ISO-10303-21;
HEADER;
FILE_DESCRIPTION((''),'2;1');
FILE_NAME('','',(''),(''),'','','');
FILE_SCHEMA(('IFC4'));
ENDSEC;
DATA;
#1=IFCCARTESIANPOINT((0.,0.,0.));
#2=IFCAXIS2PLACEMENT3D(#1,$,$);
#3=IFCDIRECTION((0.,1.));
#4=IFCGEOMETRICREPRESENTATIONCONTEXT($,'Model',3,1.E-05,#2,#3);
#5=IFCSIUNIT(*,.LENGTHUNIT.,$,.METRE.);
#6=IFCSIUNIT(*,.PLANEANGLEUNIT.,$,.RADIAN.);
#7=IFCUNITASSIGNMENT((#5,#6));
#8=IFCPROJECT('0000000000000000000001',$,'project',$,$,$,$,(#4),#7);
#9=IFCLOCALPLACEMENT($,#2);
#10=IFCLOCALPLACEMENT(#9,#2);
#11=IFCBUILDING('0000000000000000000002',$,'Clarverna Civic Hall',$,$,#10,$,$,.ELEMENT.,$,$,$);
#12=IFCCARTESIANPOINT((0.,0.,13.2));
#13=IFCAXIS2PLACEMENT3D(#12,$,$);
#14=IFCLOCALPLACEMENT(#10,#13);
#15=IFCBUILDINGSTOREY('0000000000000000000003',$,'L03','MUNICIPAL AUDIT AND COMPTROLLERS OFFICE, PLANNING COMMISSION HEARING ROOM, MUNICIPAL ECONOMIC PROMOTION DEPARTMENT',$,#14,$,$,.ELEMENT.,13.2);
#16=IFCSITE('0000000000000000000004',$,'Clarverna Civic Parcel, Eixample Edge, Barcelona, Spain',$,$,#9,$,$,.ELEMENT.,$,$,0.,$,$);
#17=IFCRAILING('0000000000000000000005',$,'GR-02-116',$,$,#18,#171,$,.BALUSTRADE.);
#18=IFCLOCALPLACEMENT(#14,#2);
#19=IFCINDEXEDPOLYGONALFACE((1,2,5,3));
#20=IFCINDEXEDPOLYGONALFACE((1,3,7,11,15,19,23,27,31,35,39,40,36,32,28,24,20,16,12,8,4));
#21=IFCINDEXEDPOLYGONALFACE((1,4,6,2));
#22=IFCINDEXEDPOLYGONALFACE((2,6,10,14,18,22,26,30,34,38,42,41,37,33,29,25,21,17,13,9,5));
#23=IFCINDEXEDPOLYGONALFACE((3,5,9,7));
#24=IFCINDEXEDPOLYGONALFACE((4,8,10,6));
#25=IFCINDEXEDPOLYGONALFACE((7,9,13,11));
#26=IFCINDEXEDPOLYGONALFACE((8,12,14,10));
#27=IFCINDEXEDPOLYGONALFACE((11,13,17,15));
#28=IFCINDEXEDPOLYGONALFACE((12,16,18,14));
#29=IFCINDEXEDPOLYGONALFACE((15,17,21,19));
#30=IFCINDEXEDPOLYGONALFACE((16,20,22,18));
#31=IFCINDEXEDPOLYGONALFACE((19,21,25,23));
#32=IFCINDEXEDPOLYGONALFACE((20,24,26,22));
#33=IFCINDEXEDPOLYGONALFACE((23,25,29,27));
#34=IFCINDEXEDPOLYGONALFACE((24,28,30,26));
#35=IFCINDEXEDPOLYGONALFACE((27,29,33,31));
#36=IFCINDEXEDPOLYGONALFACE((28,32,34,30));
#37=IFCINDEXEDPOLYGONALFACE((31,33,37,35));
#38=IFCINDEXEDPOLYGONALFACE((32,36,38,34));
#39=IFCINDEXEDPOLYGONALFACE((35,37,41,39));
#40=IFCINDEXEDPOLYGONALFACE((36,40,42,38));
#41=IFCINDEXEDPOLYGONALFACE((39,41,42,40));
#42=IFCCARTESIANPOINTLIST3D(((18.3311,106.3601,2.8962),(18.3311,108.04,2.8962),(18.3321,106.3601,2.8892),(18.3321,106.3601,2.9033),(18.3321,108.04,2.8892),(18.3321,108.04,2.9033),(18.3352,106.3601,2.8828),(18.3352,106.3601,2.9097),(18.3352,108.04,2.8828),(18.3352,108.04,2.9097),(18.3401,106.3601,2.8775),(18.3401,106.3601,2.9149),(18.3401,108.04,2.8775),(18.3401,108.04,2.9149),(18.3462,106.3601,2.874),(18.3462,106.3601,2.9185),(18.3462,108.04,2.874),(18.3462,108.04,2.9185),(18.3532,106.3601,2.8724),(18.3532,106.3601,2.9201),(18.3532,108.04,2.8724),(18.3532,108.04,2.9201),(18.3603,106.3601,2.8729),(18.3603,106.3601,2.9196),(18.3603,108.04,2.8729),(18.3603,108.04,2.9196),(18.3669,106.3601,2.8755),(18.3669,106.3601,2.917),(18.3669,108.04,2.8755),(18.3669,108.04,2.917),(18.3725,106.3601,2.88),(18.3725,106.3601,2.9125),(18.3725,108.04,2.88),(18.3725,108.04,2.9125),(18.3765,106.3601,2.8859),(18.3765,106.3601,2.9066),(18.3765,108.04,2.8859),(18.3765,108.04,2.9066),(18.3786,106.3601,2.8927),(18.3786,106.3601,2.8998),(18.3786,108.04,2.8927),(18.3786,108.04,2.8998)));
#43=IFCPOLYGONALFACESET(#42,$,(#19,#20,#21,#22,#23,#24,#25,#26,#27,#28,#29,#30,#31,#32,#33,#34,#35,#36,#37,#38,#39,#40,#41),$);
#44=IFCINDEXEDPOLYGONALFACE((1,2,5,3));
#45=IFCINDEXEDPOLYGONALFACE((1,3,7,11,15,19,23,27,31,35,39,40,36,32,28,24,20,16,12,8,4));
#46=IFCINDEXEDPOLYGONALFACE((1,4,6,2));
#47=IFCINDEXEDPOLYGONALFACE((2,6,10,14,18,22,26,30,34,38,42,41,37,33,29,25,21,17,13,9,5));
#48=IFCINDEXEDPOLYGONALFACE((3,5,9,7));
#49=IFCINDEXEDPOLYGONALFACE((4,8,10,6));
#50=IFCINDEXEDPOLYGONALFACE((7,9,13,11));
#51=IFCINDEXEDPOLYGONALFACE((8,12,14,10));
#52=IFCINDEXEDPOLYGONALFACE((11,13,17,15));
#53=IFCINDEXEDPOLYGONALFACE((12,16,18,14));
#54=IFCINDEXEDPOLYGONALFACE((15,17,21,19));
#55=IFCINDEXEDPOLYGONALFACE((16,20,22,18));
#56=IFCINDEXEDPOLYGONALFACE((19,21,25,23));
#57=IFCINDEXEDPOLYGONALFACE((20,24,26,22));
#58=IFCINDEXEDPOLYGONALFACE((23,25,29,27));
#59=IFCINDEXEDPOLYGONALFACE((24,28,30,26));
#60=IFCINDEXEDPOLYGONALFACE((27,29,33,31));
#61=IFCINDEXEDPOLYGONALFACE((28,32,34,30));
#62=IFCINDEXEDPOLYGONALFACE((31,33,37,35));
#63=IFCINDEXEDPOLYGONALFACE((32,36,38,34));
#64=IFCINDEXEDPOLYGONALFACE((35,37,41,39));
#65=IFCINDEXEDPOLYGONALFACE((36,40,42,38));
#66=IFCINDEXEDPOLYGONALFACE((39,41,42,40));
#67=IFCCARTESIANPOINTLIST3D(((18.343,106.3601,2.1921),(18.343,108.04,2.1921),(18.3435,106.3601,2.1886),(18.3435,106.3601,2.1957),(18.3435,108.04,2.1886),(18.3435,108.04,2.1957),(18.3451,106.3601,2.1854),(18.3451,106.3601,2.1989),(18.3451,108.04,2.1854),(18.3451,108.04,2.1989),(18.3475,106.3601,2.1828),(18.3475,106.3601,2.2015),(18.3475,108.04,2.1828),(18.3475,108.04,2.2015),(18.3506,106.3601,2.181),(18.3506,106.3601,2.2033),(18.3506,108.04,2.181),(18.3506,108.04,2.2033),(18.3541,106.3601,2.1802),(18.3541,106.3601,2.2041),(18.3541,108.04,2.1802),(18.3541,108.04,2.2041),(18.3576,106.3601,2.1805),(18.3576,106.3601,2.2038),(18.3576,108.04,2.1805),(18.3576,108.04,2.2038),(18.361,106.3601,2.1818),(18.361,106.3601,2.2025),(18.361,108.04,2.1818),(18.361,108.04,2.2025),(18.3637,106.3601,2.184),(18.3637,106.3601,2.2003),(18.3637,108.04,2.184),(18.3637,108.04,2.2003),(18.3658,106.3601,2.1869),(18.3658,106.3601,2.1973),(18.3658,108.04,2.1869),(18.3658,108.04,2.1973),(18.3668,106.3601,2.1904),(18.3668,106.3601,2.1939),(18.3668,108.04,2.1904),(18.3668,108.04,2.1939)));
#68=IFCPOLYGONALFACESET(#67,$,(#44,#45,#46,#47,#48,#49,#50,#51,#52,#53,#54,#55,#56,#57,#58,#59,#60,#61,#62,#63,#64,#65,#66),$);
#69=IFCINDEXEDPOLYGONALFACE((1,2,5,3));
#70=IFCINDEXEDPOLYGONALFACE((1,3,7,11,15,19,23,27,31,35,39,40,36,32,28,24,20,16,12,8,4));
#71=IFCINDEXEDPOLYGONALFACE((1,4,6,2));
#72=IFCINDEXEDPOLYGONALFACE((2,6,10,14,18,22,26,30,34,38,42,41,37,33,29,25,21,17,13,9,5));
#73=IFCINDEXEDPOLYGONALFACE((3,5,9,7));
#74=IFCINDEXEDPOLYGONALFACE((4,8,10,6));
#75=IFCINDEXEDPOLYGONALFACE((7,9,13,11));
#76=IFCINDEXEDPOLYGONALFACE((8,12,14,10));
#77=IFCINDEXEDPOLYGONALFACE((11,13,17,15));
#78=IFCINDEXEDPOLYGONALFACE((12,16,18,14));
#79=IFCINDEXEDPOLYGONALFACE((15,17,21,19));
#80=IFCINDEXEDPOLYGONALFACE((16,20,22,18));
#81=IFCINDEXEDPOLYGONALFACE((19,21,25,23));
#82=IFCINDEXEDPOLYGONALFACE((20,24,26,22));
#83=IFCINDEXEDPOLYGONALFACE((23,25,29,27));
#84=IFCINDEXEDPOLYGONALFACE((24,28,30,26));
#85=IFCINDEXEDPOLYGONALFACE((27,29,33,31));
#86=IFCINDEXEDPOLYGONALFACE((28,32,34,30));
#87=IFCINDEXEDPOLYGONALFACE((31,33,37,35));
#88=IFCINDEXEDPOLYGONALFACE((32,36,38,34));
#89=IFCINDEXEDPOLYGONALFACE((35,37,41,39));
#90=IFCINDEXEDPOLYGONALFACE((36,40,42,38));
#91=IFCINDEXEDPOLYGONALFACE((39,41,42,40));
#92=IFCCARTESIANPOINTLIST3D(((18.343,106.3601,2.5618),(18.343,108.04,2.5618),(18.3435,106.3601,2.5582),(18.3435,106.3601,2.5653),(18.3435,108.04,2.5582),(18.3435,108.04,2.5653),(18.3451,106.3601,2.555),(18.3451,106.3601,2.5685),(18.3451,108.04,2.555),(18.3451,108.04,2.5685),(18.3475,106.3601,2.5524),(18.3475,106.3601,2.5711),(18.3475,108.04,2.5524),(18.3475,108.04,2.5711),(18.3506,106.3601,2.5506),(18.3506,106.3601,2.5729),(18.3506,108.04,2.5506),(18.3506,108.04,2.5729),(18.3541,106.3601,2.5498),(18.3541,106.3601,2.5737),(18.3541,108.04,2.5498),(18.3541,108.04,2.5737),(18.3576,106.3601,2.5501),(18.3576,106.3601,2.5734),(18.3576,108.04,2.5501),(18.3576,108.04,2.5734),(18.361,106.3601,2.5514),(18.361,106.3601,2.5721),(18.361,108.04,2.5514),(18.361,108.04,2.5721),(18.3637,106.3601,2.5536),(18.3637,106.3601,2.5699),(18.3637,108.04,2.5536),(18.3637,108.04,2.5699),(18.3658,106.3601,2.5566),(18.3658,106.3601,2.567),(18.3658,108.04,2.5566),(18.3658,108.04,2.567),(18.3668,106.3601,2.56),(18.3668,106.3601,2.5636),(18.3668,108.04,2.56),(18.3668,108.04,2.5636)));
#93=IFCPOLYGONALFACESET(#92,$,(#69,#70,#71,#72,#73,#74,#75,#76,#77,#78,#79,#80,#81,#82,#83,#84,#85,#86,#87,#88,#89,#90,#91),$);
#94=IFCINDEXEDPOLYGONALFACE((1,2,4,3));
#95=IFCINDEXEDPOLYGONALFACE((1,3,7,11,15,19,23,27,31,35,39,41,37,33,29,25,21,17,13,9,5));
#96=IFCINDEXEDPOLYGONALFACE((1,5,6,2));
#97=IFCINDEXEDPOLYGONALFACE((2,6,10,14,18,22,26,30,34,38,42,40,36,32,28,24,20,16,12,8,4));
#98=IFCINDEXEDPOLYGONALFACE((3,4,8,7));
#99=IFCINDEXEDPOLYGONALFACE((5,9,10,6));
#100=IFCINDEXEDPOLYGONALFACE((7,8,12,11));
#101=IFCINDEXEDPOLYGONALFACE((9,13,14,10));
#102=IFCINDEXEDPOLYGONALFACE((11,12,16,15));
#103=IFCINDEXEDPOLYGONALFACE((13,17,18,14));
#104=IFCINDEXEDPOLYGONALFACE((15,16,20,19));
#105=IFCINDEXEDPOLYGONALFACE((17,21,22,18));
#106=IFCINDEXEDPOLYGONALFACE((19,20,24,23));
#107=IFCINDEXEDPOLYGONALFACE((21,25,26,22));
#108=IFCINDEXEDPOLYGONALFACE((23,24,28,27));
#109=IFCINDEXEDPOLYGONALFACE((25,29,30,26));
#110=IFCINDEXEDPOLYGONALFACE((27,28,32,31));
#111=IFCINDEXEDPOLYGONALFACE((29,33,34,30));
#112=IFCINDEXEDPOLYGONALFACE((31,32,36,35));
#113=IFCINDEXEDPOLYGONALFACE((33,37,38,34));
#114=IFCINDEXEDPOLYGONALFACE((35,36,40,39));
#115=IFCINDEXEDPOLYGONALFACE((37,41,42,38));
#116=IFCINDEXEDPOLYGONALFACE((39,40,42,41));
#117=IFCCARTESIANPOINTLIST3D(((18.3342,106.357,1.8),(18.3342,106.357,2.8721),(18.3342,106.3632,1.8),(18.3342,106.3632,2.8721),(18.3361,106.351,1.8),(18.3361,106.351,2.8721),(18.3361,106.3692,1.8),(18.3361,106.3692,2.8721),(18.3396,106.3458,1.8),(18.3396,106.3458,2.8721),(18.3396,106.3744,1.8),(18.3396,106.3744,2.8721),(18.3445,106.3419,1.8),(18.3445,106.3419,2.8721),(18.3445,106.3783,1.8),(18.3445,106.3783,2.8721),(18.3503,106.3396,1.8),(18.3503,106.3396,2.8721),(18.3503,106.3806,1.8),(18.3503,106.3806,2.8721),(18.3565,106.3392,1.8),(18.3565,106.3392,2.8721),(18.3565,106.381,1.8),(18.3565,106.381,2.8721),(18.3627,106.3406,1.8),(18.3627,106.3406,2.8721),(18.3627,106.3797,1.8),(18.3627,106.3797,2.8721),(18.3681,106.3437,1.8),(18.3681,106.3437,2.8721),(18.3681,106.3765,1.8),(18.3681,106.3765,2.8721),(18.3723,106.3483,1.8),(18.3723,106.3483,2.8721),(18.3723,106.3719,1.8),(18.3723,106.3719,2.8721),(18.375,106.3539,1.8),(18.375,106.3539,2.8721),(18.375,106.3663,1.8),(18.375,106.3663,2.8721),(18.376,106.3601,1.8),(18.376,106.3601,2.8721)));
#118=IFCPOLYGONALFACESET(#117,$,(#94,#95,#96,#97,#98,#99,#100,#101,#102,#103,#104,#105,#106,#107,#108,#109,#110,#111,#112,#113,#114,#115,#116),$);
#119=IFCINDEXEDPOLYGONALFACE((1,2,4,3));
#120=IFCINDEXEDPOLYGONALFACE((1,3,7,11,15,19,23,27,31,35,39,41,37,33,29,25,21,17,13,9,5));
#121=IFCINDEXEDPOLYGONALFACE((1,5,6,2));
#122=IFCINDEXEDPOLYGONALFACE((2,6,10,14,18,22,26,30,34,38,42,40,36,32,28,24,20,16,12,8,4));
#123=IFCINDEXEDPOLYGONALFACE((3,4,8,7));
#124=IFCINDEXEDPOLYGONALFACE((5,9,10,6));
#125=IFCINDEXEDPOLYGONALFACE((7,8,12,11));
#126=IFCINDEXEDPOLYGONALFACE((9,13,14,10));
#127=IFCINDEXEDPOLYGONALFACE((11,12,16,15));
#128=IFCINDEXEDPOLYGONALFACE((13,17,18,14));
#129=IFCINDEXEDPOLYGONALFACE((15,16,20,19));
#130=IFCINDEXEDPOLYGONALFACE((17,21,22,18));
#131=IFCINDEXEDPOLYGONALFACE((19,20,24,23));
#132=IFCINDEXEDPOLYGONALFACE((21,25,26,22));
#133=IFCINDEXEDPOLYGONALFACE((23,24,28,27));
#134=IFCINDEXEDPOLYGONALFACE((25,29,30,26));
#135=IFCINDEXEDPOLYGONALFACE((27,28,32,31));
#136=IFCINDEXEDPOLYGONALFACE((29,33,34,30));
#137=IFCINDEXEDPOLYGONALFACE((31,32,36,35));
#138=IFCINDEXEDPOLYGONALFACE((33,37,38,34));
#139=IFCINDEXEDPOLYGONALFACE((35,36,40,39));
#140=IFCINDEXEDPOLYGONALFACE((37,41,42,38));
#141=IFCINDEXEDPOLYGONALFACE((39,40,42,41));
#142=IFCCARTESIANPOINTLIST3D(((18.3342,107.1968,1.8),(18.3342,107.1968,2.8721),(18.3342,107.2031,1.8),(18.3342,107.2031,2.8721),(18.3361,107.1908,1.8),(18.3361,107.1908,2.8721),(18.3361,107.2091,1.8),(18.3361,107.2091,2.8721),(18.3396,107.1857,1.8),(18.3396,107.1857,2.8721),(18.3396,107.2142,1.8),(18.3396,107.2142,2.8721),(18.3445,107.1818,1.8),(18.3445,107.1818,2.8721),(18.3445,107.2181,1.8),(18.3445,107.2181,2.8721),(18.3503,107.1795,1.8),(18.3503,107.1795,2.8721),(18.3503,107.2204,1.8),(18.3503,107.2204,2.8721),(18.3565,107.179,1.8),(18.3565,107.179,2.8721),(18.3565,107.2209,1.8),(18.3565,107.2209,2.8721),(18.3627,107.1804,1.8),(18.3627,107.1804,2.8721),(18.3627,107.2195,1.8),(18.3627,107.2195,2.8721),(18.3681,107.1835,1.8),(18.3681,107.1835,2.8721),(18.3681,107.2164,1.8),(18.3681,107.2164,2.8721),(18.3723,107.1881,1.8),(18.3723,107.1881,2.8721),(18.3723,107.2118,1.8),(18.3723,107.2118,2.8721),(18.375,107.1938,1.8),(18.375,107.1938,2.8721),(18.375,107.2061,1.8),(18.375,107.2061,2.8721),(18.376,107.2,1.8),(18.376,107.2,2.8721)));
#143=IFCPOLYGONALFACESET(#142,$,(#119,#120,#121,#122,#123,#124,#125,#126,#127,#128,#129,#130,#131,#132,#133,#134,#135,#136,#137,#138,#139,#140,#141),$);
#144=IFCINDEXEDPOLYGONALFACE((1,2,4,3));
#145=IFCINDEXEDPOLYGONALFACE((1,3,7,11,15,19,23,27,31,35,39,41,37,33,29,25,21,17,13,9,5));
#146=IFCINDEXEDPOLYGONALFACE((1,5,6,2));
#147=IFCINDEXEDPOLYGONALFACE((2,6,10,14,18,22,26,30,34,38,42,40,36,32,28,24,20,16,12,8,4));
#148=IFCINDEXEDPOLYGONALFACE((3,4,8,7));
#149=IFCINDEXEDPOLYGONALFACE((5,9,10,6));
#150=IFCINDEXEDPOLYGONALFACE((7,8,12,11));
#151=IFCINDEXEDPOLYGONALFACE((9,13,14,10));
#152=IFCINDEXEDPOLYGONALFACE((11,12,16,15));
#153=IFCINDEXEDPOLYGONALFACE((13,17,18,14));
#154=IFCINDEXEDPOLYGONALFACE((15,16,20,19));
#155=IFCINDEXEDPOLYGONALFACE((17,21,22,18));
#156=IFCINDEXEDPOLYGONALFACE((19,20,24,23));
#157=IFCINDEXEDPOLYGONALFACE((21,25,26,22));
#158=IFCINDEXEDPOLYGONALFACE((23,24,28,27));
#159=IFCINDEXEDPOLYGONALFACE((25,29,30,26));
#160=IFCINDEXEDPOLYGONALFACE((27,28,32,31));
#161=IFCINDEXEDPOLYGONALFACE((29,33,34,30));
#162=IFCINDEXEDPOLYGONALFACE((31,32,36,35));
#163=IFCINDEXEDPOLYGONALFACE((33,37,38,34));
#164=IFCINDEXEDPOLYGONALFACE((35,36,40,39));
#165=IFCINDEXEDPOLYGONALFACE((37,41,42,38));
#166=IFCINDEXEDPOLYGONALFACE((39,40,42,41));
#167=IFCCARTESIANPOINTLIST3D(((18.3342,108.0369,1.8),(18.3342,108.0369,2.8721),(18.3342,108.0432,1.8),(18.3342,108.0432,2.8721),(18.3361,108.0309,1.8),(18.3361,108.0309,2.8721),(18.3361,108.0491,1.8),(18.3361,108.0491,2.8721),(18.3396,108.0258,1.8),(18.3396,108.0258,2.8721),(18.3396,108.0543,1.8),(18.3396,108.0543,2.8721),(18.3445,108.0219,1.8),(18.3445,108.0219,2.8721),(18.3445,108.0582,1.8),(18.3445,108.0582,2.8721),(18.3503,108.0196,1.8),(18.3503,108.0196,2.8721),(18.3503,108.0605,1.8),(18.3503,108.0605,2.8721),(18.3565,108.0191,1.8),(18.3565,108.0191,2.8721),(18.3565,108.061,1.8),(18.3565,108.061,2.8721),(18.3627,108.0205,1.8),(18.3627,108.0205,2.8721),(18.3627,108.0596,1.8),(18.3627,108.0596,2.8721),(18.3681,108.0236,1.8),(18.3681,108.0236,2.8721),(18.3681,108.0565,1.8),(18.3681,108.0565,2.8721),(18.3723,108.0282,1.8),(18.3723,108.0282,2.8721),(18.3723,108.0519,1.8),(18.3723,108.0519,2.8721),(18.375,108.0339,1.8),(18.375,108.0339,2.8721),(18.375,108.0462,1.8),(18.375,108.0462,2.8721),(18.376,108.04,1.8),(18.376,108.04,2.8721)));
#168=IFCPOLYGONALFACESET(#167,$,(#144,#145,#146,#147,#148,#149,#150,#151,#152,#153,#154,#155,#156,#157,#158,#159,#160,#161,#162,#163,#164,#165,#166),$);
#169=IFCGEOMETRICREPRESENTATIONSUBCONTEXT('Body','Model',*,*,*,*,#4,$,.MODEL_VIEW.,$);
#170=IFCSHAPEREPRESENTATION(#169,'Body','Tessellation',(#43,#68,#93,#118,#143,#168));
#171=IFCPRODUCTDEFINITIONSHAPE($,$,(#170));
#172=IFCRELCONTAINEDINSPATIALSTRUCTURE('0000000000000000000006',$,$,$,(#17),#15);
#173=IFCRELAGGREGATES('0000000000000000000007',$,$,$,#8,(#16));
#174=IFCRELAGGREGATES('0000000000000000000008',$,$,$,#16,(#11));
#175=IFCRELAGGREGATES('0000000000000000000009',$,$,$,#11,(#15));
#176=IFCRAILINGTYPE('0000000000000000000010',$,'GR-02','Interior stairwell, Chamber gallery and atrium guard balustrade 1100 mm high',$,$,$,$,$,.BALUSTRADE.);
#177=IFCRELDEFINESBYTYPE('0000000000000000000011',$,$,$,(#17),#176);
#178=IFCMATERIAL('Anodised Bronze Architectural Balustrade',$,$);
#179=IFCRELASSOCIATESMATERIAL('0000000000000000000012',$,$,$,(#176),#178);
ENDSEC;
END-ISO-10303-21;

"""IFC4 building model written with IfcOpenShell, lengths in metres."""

from ifc_helpers import new_model, si_unit, direction, frame, origin, origin_2d, place, context, subcontext, project, spatial, circle, extrude, material, type_object, element, save


model = new_model("IFC4")

# Units and contexts
model_context = context("Model", 3, precision=1e-05, world=origin(), true_north=direction((0.0, 1.0)))
body_context = subcontext(model_context, "Body", "Model", "MODEL_VIEW")
ifc_project = project(units=[si_unit("LENGTHUNIT", "METRE"), si_unit("PLANEANGLEUNIT", "RADIAN")], contexts=[model_context])

# Site, building, storey
site_placement = place(None, origin())
site = spatial("IfcSite", under=ifc_project, at=site_placement, Name="Clarverna Civic Parcel, Eixample Edge, Barcelona, Spain", CompositionType="ELEMENT", RefElevation=0.0)
building_placement = place(site_placement, origin())
building = spatial("IfcBuilding", under=site, at=building_placement, Name="Clarverna Civic Hall", CompositionType="ELEMENT")
storey_placement = place(building_placement, frame((0.0, 0.0, 13.2)))
storey = spatial("IfcBuildingStorey", under=building, at=storey_placement, Name="L03", Description="MUNICIPAL AUDIT AND COMPTROLLERS OFFICE, PLANNING COMMISSION HEARING ROOM, MUNICIPAL ECONOMIC PROMOTION DEPARTMENT", CompositionType="ELEMENT", Elevation=13.2)

# Railing
ifc_material_1 = material(Name="Anodised Bronze Architectural Balustrade")
railing_type_1 = type_object("IfcRailingType", Name="GR-02", Description="Interior stairwell, Chamber gallery and atrium guard balustrade 1100 mm high", PredefinedType="BALUSTRADE", material=ifc_material_1)
railing_1_placement = place(storey_placement, frame((18.355, 106.3601, 1.8)))
element("IfcRailing", 1, at=railing_1_placement, inside=storey, type_object=railing_type_1, Name="GR-02-116", PredefinedType="BALUSTRADE", context=body_context, shape_type="SweptSolid", body=[
    extrude(circle(Radius=0.0239, at=origin_2d()), frame((0.0, 0.0, 1.0962), z_axis=(0.0, 1.0, 0.0), x_axis=(-1.0, 0.0, 0.0)), (0.0, 0.0, 1.0), 1.6799),
    extrude(circle(Radius=0.012, at=origin_2d()), frame((0.0, 0.0, 0.3921), z_axis=(0.0, 1.0, 0.0), x_axis=(-1.0, 0.0, 0.0)), (0.0, 0.0, 1.0), 1.6799),
    extrude(circle(Radius=0.012, at=origin_2d()), frame((0.0, 0.0, 0.7617), z_axis=(0.0, 1.0, 0.0), x_axis=(-1.0, 0.0, 0.0)), (0.0, 0.0, 1.0), 1.6799),
    extrude(circle(Radius=0.021, at=origin_2d()), origin(), (0.0, 0.0, 1.0), 1.072),
    extrude(circle(Radius=0.021, at=origin_2d()), frame((0.0, 0.8398, 0.0)), (0.0, 0.0, 1.0), 1.072),
    extrude(circle(Radius=0.021, at=origin_2d()), frame((0.0, 1.6799, 0.0)), (0.0, 0.0, 1.0), 1.072),
])

save(model, "model.ifc")
